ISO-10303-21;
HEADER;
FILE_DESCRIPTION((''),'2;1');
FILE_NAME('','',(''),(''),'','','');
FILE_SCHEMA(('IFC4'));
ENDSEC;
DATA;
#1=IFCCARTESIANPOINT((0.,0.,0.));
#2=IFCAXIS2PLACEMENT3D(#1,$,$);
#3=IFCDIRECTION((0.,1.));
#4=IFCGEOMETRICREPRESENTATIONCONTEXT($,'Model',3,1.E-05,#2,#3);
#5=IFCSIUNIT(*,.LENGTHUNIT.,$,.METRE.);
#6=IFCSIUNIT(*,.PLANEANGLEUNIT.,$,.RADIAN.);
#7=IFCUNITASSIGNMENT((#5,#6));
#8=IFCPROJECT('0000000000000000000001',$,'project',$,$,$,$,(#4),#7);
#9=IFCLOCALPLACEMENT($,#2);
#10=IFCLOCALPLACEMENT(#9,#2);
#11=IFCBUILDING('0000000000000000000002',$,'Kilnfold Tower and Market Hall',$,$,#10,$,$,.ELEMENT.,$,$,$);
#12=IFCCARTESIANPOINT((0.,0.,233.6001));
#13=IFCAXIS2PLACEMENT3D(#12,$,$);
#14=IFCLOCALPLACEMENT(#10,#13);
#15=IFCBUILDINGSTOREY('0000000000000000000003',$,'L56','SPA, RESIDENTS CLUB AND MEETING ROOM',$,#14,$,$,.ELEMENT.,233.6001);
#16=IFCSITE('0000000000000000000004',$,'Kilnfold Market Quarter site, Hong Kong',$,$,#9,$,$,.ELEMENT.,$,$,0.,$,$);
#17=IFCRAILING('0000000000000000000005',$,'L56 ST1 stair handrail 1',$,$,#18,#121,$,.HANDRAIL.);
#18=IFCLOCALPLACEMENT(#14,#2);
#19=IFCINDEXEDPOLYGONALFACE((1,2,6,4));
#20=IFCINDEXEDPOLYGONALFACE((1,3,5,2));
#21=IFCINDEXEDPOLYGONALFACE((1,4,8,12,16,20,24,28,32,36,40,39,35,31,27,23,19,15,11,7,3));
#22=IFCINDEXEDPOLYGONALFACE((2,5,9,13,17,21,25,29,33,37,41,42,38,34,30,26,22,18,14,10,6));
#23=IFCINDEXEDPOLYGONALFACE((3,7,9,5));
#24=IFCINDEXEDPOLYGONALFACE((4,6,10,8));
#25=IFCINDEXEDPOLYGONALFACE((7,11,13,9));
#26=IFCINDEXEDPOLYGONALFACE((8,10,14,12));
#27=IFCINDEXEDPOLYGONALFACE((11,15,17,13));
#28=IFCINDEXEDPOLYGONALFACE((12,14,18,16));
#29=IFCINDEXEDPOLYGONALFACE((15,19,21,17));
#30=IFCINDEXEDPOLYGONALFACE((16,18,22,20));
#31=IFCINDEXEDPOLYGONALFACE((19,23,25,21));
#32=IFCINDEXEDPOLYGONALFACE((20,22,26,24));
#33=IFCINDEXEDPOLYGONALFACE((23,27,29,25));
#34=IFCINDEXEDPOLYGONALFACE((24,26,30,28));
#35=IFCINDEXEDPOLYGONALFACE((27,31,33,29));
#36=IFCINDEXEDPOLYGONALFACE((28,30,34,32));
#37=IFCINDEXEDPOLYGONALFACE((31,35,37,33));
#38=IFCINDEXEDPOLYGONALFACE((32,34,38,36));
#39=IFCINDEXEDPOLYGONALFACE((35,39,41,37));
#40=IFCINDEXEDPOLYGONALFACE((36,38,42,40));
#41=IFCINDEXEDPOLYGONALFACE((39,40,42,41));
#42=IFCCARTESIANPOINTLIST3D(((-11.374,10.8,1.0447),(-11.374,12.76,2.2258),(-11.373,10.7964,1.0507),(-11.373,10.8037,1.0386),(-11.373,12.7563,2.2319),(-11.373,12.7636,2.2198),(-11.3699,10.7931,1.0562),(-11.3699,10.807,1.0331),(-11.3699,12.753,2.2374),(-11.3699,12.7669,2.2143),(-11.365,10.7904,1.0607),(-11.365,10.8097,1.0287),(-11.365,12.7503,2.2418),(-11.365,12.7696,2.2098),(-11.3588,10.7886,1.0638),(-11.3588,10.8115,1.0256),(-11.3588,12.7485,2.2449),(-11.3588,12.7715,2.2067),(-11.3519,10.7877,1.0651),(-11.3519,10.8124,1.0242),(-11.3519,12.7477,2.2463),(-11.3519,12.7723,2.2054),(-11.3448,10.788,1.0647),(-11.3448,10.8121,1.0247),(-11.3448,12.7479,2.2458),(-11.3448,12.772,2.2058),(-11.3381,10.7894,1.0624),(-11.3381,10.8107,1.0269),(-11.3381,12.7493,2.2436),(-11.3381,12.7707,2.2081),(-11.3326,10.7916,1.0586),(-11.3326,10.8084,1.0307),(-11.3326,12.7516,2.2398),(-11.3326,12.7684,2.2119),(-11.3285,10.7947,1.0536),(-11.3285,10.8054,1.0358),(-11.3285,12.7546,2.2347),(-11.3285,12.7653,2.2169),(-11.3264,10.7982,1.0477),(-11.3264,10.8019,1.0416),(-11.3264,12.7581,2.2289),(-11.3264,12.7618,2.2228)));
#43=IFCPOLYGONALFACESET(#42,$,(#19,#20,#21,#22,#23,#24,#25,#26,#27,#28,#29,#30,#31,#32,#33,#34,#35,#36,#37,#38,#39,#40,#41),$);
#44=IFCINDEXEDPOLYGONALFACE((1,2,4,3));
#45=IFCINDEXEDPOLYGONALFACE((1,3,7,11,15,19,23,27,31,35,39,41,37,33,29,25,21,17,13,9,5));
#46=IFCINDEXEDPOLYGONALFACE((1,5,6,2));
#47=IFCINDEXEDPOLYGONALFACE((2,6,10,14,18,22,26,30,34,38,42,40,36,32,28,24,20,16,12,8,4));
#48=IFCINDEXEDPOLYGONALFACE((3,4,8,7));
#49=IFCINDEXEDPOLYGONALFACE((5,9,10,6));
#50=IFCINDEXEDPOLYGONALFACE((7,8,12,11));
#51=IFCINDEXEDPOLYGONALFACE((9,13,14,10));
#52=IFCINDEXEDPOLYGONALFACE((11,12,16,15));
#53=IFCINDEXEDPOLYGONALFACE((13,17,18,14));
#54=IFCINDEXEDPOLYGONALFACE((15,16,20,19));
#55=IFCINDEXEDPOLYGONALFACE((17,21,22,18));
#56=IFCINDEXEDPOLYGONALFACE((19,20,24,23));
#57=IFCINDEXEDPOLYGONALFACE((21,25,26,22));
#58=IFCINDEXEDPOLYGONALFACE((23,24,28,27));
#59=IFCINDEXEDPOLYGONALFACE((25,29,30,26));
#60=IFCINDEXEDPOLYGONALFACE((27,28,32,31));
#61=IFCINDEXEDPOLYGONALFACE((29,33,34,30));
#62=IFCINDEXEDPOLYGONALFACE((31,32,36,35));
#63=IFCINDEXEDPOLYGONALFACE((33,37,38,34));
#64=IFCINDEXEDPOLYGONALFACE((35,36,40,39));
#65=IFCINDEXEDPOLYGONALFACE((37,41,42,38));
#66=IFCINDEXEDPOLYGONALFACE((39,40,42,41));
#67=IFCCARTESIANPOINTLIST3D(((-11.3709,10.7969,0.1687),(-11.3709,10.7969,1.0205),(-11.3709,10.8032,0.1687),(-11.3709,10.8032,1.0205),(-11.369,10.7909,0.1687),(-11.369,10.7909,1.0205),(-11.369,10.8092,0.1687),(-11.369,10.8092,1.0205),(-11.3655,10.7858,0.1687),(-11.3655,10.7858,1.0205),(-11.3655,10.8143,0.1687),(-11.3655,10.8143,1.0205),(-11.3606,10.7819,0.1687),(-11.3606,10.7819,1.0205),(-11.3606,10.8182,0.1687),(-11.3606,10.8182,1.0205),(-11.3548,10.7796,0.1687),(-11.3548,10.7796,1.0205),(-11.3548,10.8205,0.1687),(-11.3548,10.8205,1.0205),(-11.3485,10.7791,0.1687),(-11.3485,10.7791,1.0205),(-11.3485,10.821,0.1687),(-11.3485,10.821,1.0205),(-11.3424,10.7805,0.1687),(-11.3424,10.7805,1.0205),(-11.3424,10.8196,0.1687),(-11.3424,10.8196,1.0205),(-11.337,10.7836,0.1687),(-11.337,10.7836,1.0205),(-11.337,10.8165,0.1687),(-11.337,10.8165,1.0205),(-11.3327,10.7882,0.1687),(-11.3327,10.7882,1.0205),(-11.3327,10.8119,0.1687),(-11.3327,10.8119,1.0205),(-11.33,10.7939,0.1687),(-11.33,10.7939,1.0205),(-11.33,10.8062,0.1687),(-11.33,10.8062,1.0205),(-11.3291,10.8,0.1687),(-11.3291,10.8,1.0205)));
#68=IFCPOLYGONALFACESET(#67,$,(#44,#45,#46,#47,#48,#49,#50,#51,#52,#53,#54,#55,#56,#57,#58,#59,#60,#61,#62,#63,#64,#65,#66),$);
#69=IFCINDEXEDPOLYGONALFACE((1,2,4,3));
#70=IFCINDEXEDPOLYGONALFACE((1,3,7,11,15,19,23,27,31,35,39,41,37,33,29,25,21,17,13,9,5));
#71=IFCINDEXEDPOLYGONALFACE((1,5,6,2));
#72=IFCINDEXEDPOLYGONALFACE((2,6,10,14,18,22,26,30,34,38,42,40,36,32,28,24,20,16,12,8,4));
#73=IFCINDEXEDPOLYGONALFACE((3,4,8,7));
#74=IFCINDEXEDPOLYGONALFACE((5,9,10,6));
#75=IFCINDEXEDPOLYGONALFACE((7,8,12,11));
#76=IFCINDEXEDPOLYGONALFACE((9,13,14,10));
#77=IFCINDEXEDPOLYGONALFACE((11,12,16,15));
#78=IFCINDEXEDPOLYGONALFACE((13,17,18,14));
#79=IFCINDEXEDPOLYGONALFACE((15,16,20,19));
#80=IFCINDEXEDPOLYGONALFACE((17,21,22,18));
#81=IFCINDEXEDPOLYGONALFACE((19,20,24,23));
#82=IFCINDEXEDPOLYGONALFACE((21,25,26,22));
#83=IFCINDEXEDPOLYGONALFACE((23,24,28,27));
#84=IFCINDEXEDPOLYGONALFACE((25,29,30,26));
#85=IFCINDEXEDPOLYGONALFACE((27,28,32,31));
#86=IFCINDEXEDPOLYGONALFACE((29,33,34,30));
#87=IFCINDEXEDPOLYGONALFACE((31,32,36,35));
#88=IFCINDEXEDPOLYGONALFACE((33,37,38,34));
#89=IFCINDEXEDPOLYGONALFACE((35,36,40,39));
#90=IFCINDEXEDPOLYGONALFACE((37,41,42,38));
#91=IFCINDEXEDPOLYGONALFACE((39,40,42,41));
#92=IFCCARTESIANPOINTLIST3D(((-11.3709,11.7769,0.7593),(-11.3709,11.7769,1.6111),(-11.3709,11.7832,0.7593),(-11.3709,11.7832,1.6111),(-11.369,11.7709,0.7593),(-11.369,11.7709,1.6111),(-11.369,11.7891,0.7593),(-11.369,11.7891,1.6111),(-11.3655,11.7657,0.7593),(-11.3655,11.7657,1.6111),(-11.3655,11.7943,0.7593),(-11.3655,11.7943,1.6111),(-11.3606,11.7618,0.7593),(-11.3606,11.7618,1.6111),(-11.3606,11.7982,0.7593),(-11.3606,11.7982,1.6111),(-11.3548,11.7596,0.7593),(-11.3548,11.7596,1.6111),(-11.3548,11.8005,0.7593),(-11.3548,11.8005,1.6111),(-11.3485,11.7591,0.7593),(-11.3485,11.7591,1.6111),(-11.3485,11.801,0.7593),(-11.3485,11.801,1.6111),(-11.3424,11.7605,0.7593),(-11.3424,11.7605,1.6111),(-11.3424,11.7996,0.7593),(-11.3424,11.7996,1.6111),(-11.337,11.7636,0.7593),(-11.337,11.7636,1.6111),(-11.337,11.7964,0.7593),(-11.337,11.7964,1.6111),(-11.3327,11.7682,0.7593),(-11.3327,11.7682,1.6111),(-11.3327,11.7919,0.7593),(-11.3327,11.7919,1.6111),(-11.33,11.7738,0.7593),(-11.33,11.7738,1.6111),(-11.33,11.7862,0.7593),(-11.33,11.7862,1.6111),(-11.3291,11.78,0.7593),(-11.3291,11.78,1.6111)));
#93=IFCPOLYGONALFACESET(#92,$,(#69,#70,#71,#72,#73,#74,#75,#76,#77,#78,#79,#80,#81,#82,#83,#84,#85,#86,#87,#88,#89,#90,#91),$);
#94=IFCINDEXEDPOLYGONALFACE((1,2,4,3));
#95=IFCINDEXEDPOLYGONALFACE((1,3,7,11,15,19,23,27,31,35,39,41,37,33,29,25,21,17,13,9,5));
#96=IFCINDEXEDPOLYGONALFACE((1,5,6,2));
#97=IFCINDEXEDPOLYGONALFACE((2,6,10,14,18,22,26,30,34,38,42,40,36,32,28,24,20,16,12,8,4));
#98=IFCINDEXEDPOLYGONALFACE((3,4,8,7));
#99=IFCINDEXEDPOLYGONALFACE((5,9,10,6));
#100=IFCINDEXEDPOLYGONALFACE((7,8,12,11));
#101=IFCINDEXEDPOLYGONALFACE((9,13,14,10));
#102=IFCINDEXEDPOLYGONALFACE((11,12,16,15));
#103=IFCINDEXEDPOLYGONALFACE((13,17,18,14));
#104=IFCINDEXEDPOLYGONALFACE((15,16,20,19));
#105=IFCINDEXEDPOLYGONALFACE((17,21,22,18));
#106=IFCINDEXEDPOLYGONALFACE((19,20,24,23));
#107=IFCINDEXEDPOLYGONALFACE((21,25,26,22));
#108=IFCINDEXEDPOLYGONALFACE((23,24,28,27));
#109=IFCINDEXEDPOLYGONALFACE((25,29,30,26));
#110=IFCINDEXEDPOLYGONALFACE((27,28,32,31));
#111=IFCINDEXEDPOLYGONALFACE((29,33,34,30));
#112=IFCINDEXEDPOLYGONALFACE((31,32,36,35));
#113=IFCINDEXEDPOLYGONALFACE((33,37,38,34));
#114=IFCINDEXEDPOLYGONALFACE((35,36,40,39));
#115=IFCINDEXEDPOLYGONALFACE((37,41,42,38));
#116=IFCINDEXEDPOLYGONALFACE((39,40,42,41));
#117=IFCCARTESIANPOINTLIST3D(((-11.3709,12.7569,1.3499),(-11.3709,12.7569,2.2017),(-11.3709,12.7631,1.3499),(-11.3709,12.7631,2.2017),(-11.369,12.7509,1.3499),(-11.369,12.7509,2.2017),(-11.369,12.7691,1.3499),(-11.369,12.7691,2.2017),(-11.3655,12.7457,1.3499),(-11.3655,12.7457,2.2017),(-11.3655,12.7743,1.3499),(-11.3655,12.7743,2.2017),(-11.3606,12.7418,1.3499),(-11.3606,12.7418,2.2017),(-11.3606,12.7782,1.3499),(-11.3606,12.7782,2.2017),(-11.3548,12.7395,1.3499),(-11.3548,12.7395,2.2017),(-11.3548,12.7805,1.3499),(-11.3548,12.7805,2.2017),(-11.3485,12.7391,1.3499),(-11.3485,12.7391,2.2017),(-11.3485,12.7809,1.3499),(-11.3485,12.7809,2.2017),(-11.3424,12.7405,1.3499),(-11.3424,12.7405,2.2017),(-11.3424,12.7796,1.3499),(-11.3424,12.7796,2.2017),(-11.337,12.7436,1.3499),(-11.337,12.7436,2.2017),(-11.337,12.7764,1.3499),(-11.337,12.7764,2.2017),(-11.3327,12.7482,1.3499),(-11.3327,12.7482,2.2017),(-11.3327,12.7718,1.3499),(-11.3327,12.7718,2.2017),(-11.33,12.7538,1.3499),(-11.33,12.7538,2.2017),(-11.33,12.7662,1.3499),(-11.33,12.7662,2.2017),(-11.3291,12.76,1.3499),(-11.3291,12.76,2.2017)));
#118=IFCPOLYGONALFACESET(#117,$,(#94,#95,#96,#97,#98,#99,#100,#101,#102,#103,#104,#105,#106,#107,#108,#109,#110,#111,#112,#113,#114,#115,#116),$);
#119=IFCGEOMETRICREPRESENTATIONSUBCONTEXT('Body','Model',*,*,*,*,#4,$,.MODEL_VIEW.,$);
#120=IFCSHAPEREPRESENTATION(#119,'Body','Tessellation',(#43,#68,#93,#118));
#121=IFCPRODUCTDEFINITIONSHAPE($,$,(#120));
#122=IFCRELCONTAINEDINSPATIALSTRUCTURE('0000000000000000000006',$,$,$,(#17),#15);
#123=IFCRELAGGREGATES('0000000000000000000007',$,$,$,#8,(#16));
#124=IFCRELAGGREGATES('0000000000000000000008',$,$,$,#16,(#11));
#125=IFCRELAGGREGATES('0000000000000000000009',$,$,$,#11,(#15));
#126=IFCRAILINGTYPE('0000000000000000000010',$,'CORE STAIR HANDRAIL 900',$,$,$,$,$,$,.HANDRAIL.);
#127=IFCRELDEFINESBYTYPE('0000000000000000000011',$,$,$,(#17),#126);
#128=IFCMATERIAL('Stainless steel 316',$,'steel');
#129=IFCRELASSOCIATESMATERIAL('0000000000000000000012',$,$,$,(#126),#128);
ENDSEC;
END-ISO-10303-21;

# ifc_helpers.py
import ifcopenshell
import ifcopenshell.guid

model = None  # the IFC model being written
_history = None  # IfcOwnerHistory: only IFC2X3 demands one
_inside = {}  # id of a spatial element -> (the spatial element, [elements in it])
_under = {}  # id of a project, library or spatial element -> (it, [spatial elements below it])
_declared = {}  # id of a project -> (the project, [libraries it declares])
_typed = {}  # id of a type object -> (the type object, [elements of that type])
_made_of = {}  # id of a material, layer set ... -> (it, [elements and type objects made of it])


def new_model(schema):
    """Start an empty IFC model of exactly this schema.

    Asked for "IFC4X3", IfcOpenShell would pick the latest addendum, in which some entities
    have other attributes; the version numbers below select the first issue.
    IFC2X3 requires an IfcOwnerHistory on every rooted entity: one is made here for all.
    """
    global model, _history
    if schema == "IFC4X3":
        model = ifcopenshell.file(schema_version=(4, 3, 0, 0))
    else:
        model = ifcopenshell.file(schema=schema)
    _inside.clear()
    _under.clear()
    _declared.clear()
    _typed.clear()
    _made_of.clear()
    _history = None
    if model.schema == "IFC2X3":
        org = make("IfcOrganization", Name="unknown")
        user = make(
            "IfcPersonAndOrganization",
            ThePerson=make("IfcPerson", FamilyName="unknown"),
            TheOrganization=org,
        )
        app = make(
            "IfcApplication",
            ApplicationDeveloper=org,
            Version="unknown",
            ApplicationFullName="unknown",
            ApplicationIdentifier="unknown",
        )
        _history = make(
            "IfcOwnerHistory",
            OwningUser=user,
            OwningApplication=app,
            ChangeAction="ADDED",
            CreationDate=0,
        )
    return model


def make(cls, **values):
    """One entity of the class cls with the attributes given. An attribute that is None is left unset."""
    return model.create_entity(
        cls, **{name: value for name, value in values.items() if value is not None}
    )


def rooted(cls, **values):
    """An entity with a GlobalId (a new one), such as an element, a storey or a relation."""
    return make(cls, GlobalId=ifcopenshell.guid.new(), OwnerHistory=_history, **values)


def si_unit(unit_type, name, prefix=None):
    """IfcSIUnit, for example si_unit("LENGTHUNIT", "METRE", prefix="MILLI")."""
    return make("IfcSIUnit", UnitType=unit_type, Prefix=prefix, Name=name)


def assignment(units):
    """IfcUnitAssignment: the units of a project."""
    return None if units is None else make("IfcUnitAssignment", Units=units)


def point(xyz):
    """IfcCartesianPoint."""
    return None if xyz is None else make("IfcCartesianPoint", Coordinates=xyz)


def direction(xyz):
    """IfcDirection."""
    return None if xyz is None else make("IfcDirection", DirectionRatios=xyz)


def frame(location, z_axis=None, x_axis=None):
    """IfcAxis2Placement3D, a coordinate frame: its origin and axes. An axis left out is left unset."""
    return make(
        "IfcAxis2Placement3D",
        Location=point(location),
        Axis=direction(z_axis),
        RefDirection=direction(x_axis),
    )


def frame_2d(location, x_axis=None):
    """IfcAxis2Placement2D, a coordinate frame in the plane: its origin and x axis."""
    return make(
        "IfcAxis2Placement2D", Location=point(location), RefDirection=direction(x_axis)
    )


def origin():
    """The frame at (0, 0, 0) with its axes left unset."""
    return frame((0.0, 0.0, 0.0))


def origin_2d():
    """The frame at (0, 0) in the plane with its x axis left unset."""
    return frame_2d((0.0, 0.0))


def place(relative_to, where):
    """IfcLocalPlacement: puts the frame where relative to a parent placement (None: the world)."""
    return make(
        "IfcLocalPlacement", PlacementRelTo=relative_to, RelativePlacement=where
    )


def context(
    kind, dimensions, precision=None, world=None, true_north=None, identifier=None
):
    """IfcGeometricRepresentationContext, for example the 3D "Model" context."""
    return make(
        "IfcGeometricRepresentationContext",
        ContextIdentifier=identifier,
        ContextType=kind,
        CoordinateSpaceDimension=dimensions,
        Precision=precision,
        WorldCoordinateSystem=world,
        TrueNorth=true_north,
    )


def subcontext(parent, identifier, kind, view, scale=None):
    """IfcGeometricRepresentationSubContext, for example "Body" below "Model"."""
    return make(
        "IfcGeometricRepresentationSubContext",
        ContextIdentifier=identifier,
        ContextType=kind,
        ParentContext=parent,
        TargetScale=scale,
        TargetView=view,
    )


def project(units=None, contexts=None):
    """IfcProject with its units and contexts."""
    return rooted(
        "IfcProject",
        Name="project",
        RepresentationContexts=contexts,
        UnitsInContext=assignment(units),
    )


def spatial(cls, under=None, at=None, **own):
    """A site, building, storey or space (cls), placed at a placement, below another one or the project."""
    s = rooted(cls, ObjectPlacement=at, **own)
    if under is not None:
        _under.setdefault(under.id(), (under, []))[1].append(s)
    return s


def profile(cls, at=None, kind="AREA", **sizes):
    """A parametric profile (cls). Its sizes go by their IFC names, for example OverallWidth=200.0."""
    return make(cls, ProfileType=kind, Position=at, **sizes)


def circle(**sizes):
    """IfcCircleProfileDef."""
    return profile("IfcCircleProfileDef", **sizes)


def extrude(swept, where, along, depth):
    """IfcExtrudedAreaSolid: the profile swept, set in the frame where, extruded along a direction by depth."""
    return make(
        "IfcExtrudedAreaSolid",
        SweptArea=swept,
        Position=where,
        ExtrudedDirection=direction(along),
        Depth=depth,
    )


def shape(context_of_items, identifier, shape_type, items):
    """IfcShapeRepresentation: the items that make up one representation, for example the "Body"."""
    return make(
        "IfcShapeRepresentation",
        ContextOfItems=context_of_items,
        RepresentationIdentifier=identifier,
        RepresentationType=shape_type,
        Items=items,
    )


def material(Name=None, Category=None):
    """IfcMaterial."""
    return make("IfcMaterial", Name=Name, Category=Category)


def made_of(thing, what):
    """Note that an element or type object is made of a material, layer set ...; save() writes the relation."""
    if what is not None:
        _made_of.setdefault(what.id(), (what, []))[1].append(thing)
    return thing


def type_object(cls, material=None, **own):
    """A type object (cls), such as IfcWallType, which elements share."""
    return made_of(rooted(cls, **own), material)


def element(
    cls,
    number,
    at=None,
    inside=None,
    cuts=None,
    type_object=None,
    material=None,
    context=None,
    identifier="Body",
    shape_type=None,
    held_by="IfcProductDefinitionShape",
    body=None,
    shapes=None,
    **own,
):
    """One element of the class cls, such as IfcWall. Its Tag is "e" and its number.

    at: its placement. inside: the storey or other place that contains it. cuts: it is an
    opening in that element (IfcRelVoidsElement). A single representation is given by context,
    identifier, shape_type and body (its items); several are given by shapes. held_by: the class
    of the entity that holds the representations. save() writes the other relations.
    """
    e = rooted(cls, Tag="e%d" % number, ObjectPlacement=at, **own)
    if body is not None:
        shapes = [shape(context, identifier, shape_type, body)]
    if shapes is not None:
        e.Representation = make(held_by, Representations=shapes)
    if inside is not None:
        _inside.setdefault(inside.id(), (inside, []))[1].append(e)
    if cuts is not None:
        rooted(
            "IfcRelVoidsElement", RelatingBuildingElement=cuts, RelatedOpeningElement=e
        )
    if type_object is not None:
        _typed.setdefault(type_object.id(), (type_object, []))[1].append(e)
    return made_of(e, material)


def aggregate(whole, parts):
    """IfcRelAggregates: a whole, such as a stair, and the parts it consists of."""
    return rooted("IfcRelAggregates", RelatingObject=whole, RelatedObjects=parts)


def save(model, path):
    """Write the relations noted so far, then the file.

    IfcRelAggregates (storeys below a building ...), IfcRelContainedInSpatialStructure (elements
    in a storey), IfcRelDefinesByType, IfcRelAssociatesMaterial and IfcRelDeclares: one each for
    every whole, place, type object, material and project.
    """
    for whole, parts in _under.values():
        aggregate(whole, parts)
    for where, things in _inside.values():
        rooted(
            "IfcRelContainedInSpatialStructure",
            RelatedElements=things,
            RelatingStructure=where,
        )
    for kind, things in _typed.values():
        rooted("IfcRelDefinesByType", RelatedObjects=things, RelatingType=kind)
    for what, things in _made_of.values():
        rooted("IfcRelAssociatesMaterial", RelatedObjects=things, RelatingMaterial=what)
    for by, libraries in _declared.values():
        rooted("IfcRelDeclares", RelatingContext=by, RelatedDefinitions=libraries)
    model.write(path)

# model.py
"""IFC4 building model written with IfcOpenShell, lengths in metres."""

from ifc_helpers import new_model, si_unit, direction, frame, origin, origin_2d, place, context, subcontext, project, spatial, circle, extrude, material, type_object, element, save


model = new_model("IFC4")

# Units and contexts
model_context = context("Model", 3, precision=1e-05, world=origin(), true_north=direction((0.0, 1.0)))
body_context = subcontext(model_context, "Body", "Model", "MODEL_VIEW")
ifc_project = project(units=[si_unit("LENGTHUNIT", "METRE"), si_unit("PLANEANGLEUNIT", "RADIAN")], contexts=[model_context])

# Site, building, storey
site_placement = place(None, origin())
site = spatial("IfcSite", under=ifc_project, at=site_placement, Name="Kilnfold Market Quarter site, Hong Kong", CompositionType="ELEMENT", RefElevation=0.0)
building_placement = place(site_placement, origin())
building = spatial("IfcBuilding", under=site, at=building_placement, Name="Kilnfold Tower and Market Hall", CompositionType="ELEMENT")
storey_placement = place(building_placement, frame((0.0, 0.0, 233.6001)))
storey = spatial("IfcBuildingStorey", under=building, at=storey_placement, Name="L56", Description="SPA, RESIDENTS CLUB AND MEETING ROOM", CompositionType="ELEMENT", Elevation=233.6001)

# Railing
ifc_material_1 = material(Name="Stainless steel 316", Category="steel")
railing_type_1 = type_object("IfcRailingType", Name="CORE STAIR HANDRAIL 900", PredefinedType="HANDRAIL", material=ifc_material_1)
railing_1_placement = place(storey_placement, frame((-11.3501, 10.8, 0.1687)))
element("IfcRailing", 1, at=railing_1_placement, inside=storey, type_object=railing_type_1, Name="L56 ST1 stair handrail 1", PredefinedType="HANDRAIL", context=body_context, shape_type="SweptSolid", body=[
    extrude(circle(Radius=0.0239, at=origin_2d()), frame((0.0, 0.0, 0.876), z_axis=(0.0, 0.856493, 0.516158), x_axis=(-1.0, 0.0, 0.0)), (0.0, 0.0, 1.0), 2.2883),
    extrude(circle(Radius=0.021, at=origin_2d()), origin(), (0.0, 0.0, 1.0), 0.8518),
    extrude(circle(Radius=0.021, at=origin_2d()), frame((0.0, 0.98, 0.5906)), (0.0, 0.0, 1.0), 0.8518),
    extrude(circle(Radius=0.021, at=origin_2d()), frame((0.0, 1.96, 1.1812)), (0.0, 0.0, 1.0), 0.8518),
])

save(model, "model.ifc")
